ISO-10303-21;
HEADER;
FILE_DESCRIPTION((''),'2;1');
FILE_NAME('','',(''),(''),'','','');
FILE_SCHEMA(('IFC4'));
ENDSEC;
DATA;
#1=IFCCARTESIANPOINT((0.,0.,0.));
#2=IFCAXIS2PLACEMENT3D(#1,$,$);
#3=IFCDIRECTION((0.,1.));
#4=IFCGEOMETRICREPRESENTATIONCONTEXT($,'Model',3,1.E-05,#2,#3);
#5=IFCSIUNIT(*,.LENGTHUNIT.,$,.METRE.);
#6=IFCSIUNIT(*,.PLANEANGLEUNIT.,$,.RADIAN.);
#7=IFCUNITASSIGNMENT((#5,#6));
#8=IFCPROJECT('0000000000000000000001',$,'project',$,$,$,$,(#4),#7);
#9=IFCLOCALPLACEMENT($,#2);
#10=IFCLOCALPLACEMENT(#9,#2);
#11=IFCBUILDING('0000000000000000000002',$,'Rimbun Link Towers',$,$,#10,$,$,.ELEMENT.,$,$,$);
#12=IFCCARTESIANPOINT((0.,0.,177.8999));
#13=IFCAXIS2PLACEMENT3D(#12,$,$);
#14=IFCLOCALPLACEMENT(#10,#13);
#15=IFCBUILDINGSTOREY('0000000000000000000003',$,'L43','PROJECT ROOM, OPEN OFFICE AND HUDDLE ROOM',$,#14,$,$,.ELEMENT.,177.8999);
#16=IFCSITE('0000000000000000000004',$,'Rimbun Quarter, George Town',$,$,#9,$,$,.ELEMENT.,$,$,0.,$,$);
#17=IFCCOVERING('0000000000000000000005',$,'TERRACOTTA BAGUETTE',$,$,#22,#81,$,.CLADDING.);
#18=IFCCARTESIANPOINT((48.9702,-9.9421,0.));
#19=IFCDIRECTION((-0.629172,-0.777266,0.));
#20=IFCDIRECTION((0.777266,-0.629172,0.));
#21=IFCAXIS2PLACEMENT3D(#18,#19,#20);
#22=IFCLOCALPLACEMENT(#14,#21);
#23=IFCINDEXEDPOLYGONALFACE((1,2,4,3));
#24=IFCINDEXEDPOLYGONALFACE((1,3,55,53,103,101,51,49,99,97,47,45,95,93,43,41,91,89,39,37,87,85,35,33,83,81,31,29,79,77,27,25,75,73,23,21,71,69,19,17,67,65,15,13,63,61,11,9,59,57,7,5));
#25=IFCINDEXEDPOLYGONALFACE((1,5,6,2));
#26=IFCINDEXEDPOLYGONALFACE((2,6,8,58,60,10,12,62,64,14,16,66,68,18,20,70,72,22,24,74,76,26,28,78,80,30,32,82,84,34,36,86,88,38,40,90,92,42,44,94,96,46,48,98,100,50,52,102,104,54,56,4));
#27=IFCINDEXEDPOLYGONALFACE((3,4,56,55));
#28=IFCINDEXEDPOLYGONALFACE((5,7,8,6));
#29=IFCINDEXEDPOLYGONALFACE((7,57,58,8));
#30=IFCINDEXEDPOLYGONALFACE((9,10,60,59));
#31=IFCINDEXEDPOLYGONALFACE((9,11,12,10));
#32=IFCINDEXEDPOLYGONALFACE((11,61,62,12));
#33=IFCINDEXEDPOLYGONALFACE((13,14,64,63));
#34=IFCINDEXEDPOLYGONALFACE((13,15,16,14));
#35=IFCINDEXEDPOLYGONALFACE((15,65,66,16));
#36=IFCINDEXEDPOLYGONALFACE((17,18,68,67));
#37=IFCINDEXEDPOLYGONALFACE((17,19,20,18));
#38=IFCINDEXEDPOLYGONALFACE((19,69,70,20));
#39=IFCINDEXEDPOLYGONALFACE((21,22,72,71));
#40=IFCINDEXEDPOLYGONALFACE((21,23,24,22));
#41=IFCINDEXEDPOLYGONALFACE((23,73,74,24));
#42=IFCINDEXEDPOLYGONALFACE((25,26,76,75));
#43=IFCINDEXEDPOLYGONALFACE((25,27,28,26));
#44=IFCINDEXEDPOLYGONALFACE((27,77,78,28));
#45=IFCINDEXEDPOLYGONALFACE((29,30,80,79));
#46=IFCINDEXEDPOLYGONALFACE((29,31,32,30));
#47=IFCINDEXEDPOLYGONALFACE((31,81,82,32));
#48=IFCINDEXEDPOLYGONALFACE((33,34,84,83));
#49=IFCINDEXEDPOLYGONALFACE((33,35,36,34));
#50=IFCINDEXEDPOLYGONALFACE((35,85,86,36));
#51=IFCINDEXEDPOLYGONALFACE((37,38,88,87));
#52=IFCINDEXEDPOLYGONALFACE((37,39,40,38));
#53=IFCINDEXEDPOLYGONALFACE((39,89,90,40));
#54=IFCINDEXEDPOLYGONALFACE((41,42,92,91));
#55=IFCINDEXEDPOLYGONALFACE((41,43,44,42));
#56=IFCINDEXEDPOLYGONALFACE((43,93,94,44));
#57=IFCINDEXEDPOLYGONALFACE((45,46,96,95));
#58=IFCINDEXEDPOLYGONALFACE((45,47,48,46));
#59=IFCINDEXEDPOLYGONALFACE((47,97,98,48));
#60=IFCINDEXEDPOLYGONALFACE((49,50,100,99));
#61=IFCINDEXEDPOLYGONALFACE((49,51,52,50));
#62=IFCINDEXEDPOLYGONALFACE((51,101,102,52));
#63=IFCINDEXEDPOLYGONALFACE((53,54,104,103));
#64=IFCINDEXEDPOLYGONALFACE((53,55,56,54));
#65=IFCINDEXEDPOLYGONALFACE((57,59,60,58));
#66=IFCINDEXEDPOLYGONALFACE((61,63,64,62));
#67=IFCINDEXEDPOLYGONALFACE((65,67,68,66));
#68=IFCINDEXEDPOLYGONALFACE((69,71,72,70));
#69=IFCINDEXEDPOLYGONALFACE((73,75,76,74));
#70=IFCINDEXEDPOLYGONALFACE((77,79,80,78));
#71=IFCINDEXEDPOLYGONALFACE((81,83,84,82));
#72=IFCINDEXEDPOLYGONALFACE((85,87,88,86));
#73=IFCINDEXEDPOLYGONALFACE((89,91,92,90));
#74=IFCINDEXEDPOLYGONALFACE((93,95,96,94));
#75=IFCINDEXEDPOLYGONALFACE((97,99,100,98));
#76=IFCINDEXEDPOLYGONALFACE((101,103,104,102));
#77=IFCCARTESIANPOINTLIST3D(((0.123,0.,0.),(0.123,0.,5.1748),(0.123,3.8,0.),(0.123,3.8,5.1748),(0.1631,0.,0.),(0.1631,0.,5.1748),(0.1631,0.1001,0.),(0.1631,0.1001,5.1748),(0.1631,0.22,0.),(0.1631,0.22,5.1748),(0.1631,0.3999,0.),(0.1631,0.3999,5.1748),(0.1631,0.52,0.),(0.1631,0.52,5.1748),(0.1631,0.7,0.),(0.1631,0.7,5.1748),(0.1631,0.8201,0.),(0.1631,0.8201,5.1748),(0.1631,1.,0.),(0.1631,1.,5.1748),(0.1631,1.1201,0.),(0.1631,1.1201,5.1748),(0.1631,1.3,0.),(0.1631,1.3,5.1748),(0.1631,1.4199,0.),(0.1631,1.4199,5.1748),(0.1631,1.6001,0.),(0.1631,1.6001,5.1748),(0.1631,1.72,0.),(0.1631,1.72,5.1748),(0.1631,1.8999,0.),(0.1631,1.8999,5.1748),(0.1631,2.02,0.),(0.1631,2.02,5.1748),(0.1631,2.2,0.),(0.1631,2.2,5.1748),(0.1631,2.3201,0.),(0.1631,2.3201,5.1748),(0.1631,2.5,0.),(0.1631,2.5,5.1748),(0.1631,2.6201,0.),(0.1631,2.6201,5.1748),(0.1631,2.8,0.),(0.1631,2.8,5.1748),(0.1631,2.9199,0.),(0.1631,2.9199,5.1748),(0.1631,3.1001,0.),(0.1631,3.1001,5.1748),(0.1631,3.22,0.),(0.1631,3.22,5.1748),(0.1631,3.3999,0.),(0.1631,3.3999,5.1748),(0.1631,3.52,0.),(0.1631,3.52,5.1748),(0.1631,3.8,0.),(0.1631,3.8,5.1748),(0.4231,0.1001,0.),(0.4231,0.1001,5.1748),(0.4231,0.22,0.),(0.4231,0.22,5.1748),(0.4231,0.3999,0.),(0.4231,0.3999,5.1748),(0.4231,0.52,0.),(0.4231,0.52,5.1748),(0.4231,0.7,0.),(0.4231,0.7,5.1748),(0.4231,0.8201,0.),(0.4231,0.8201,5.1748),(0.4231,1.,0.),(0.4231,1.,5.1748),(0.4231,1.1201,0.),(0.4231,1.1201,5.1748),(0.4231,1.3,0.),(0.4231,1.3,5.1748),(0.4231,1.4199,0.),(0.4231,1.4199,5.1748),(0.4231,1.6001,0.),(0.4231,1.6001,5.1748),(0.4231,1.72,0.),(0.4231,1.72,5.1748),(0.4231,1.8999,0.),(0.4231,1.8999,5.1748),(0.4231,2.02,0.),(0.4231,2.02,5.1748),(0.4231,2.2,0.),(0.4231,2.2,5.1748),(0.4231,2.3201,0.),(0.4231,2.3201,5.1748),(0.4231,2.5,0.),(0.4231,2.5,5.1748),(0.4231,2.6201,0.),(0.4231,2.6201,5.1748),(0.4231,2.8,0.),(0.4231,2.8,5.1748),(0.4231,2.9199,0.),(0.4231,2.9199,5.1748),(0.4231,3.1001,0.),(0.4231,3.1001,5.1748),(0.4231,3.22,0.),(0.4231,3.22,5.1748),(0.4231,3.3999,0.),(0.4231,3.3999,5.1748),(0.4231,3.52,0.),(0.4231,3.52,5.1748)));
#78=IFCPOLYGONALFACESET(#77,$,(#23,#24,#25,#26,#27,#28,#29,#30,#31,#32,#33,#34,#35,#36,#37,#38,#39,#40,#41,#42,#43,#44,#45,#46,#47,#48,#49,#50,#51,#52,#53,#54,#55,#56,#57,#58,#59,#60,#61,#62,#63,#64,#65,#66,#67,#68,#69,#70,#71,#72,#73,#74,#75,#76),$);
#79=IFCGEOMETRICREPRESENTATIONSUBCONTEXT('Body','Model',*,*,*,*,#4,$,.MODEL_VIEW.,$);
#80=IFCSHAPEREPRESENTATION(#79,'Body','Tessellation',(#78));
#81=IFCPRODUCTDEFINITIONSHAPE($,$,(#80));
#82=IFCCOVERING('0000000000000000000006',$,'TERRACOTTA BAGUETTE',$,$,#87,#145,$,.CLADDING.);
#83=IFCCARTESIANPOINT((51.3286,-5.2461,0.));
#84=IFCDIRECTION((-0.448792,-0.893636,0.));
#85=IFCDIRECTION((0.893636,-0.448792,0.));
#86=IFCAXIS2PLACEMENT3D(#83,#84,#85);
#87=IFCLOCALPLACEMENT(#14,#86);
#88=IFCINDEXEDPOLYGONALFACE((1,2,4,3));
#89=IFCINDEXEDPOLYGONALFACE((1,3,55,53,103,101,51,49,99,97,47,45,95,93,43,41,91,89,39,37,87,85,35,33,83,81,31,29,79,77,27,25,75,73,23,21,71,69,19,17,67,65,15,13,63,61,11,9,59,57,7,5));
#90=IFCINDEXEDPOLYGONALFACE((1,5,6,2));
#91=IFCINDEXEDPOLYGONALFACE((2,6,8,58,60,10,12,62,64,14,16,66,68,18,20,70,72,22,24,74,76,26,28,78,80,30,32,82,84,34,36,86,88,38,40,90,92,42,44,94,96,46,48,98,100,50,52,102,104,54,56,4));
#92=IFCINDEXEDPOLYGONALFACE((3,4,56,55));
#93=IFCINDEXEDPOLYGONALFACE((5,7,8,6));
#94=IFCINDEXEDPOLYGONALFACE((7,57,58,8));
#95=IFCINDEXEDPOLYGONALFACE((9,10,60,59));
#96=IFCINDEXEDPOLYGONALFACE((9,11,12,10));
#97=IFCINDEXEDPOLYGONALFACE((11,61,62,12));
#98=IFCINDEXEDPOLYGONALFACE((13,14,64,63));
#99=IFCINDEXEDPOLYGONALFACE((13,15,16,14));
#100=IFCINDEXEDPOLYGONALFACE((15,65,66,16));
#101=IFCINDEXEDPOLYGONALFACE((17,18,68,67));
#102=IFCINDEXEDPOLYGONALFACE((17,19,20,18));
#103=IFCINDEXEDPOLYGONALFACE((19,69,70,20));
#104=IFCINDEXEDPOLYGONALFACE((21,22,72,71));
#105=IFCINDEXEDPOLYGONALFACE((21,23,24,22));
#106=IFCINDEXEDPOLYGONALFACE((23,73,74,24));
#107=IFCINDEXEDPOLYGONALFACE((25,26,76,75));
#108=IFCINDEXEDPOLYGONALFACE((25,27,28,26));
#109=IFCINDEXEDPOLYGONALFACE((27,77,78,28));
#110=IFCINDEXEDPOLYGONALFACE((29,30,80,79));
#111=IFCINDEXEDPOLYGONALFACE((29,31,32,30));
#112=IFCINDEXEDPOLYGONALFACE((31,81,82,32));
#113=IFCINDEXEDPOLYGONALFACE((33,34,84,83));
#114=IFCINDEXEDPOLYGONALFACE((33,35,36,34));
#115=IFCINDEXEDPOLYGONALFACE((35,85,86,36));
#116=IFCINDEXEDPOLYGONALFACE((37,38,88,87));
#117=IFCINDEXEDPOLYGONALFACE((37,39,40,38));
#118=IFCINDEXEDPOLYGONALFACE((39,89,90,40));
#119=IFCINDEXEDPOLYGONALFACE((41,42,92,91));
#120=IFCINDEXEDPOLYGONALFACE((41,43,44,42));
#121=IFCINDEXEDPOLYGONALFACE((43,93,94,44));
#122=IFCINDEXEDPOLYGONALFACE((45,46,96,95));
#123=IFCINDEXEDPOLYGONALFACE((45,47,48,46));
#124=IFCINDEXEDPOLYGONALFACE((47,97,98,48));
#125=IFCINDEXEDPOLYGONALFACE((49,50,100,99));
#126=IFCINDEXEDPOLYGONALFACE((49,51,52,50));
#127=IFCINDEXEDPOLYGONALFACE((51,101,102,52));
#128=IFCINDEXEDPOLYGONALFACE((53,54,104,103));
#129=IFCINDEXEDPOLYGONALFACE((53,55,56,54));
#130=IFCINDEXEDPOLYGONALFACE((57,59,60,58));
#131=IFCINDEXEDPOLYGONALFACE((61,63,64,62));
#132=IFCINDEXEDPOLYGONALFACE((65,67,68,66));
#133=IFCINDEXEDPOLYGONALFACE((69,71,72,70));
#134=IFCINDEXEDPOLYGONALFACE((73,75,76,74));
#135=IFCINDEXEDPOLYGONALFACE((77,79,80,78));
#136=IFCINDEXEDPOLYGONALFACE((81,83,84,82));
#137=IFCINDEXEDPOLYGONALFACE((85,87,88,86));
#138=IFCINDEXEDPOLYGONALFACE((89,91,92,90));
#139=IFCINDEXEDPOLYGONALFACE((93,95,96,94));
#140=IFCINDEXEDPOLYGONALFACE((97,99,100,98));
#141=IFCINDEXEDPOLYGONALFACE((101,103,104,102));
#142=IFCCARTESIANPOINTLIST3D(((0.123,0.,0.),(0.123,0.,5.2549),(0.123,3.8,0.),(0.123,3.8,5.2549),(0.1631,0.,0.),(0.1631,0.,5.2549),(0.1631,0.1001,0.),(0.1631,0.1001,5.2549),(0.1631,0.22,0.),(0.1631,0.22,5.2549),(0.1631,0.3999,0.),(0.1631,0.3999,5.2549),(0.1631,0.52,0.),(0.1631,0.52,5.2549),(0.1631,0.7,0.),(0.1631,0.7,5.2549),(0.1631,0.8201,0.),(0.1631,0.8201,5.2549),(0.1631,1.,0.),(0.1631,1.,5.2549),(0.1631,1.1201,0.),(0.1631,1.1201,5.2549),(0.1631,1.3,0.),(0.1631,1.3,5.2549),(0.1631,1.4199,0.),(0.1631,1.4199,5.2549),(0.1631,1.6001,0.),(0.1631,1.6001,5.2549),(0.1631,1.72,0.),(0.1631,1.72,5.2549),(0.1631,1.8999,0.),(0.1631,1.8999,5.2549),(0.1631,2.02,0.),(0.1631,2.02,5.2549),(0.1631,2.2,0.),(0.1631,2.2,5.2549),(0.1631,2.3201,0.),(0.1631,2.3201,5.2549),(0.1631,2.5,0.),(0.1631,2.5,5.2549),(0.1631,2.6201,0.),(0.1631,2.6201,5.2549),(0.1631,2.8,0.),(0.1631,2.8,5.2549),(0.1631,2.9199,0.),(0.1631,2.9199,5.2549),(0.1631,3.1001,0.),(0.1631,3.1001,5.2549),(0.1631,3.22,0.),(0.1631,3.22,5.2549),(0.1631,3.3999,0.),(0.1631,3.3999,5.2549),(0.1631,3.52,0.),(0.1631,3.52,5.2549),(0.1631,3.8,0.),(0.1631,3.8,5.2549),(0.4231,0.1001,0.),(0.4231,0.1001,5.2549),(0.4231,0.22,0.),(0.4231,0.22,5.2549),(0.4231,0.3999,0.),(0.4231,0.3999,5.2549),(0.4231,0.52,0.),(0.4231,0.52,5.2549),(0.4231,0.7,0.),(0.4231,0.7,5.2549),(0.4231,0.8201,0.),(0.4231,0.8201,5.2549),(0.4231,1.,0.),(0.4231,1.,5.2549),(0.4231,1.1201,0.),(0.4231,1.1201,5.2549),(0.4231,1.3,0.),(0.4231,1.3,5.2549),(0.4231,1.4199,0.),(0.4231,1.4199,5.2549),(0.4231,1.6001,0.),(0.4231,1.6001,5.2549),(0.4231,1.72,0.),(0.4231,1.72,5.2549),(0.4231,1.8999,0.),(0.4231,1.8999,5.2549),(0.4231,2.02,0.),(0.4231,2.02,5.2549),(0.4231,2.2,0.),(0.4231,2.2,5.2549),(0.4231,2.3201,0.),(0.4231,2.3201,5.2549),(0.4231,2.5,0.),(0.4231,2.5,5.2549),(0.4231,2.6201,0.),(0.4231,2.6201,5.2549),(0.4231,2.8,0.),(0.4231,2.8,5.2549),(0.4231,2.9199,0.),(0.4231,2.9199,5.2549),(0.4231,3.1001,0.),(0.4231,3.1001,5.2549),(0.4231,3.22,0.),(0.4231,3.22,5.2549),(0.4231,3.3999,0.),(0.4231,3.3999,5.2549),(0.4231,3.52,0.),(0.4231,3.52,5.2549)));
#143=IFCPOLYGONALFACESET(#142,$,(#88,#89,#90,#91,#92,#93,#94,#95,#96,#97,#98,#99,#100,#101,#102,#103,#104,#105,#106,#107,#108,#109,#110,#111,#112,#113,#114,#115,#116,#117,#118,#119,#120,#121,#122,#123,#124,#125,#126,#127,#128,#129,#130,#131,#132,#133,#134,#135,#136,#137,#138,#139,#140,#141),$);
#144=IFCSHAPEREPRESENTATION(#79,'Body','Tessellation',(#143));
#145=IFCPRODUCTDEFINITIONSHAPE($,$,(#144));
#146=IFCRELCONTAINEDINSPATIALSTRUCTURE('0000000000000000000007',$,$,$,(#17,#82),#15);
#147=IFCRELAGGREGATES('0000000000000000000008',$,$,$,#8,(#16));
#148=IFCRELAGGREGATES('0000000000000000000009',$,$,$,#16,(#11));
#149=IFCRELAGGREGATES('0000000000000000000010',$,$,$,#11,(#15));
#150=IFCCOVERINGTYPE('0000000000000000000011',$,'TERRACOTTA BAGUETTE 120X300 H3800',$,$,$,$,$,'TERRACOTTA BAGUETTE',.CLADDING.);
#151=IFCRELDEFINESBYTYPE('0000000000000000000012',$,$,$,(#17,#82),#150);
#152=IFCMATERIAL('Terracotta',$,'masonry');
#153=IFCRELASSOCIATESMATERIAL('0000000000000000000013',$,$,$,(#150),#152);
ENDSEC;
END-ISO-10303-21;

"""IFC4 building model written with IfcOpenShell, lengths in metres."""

from ifc_helpers import new_model, si_unit, direction, frame, origin, place, context, subcontext, project, spatial, polyline, outline, extrude, material, material_profile, profile_set, type_object, element, save


model = new_model("IFC4")

# Units and contexts
model_context = context("Model", 3, precision=1e-05, world=origin(), true_north=direction((0.0, 1.0)))
body_context = subcontext(model_context, "Body", "Model", "MODEL_VIEW")
ifc_project = project(units=[si_unit("LENGTHUNIT", "METRE"), si_unit("PLANEANGLEUNIT", "RADIAN")], contexts=[model_context])

# Site, building, storey
site_placement = place(None, origin())
site = spatial("IfcSite", under=ifc_project, at=site_placement, Name="Rimbun Quarter, George Town", CompositionType="ELEMENT", RefElevation=0.0)
building_placement = place(site_placement, origin())
building = spatial("IfcBuilding", under=site, at=building_placement, Name="Rimbun Link Towers", CompositionType="ELEMENT")
storey_placement = place(building_placement, frame((0.0, 0.0, 177.8999)))
storey = spatial("IfcBuildingStorey", under=building, at=storey_placement, Name="L43", Description="PROJECT ROOM, OPEN OFFICE AND HUDDLE ROOM", CompositionType="ELEMENT", Elevation=177.8999)

# Coverings
ifc_material_1 = material(Name="Terracotta", Category="masonry")
ifc_material_profile_1 = material_profile(ifc_material_1, outline(polyline([(0.123, 0.0), (0.1631, 0.0), (0.1631, 0.1001), (0.4231, 0.1001), (0.4231, 0.22), (0.1631, 0.22), (0.1631, 0.3999), (0.4231, 0.3999), (0.4231, 0.52), (0.1631, 0.52), (0.1631, 0.7), (0.4231, 0.7), (0.4231, 0.8201), (0.1631, 0.8201), (0.1631, 1.0), (0.4231, 1.0), (0.4231, 1.1201), (0.1631, 1.1201), (0.1631, 1.3), (0.4231, 1.3), (0.4231, 1.4199), (0.1631, 1.4199), (0.1631, 1.6001), (0.4231, 1.6001), (0.4231, 1.72), (0.1631, 1.72), (0.1631, 1.8999), (0.4231, 1.8999), (0.4231, 2.02), (0.1631, 2.02), (0.1631, 2.2), (0.4231, 2.2), (0.4231, 2.3201), (0.1631, 2.3201), (0.1631, 2.5), (0.4231, 2.5), (0.4231, 2.6201), (0.1631, 2.6201), (0.1631, 2.8), (0.4231, 2.8), (0.4231, 2.9199), (0.1631, 2.9199), (0.1631, 3.1001), (0.4231, 3.1001), (0.4231, 3.22), (0.1631, 3.22), (0.1631, 3.3999), (0.4231, 3.3999), (0.4231, 3.52), (0.1631, 3.52), (0.1631, 3.8), (0.123, 3.8), (0.123, 0.0)])), Name="BAGUETTE 120X300")
ifc_profile_set_1 = profile_set([ifc_material_profile_1], Name="Terracotta")
covering_type = type_object("IfcCoveringType", Name="TERRACOTTA BAGUETTE 120X300 H3800", ElementType="TERRACOTTA BAGUETTE", PredefinedType="CLADDING", material=ifc_profile_set_1)
for number, where, z_axis, x_axis, name in (
    (1, (48.9702, -9.9421, 0.0), (-0.629172, -0.777266, 0.0), (0.777266, -0.629172, 0.0), "TERRACOTTA BAGUETTE"),
):
    element("IfcCovering", number, at=place(storey_placement, frame(where, z_axis=z_axis, x_axis=x_axis)), inside=storey, type_object=covering_type, Name=name, PredefinedType="CLADDING", context=body_context, shape_type="SweptSolid", body=[
        extrude(outline(polyline([(0.123, 0.0), (0.1631, 0.0), (0.1631, 0.1001), (0.4231, 0.1001), (0.4231, 0.22), (0.1631, 0.22), (0.1631, 0.3999), (0.4231, 0.3999), (0.4231, 0.52), (0.1631, 0.52), (0.1631, 0.7), (0.4231, 0.7), (0.4231, 0.8201), (0.1631, 0.8201), (0.1631, 1.0), (0.4231, 1.0), (0.4231, 1.1201), (0.1631, 1.1201), (0.1631, 1.3), (0.4231, 1.3), (0.4231, 1.4199), (0.1631, 1.4199), (0.1631, 1.6001), (0.4231, 1.6001), (0.4231, 1.72), (0.1631, 1.72), (0.1631, 1.8999), (0.4231, 1.8999), (0.4231, 2.02), (0.1631, 2.02), (0.1631, 2.2), (0.4231, 2.2), (0.4231, 2.3201), (0.1631, 2.3201), (0.1631, 2.5), (0.4231, 2.5), (0.4231, 2.6201), (0.1631, 2.6201), (0.1631, 2.8), (0.4231, 2.8), (0.4231, 2.9199), (0.1631, 2.9199), (0.1631, 3.1001), (0.4231, 3.1001), (0.4231, 3.22), (0.1631, 3.22), (0.1631, 3.3999), (0.4231, 3.3999), (0.4231, 3.52), (0.1631, 3.52), (0.1631, 3.8), (0.123, 3.8), (0.123, 0.0)])), origin(), (0.0, 0.0, 1.0), 5.1748),
    ])
covering_1_placement = place(storey_placement, frame((51.3286, -5.2461, 0.0), z_axis=(-0.448792, -0.893636, 0.0), x_axis=(0.893636, -0.448792, 0.0)))
element("IfcCovering", 2, at=covering_1_placement, inside=storey, type_object=covering_type, Name="TERRACOTTA BAGUETTE", PredefinedType="CLADDING", context=body_context, shape_type="SweptSolid", body=[
    extrude(outline(polyline([(0.123, 0.0), (0.1631, 0.0), (0.1631, 0.1001), (0.4231, 0.1001), (0.4231, 0.22), (0.1631, 0.22), (0.1631, 0.3999), (0.4231, 0.3999), (0.4231, 0.52), (0.1631, 0.52), (0.1631, 0.7), (0.4231, 0.7), (0.4231, 0.8201), (0.1631, 0.8201), (0.1631, 1.0), (0.4231, 1.0), (0.4231, 1.1201), (0.1631, 1.1201), (0.1631, 1.3), (0.4231, 1.3), (0.4231, 1.4199), (0.1631, 1.4199), (0.1631, 1.6001), (0.4231, 1.6001), (0.4231, 1.72), (0.1631, 1.72), (0.1631, 1.8999), (0.4231, 1.8999), (0.4231, 2.02), (0.1631, 2.02), (0.1631, 2.2), (0.4231, 2.2), (0.4231, 2.3201), (0.1631, 2.3201), (0.1631, 2.5), (0.4231, 2.5), (0.4231, 2.6201), (0.1631, 2.6201), (0.1631, 2.8), (0.4231, 2.8), (0.4231, 2.9199), (0.1631, 2.9199), (0.1631, 3.1001), (0.4231, 3.1001), (0.4231, 3.22), (0.1631, 3.22), (0.1631, 3.3999), (0.4231, 3.3999), (0.4231, 3.52), (0.1631, 3.52), (0.1631, 3.8), (0.123, 3.8), (0.123, 0.0)])), origin(), (0.0, 0.0, 1.0), 5.2549),
])

save(model, "model.ifc")
